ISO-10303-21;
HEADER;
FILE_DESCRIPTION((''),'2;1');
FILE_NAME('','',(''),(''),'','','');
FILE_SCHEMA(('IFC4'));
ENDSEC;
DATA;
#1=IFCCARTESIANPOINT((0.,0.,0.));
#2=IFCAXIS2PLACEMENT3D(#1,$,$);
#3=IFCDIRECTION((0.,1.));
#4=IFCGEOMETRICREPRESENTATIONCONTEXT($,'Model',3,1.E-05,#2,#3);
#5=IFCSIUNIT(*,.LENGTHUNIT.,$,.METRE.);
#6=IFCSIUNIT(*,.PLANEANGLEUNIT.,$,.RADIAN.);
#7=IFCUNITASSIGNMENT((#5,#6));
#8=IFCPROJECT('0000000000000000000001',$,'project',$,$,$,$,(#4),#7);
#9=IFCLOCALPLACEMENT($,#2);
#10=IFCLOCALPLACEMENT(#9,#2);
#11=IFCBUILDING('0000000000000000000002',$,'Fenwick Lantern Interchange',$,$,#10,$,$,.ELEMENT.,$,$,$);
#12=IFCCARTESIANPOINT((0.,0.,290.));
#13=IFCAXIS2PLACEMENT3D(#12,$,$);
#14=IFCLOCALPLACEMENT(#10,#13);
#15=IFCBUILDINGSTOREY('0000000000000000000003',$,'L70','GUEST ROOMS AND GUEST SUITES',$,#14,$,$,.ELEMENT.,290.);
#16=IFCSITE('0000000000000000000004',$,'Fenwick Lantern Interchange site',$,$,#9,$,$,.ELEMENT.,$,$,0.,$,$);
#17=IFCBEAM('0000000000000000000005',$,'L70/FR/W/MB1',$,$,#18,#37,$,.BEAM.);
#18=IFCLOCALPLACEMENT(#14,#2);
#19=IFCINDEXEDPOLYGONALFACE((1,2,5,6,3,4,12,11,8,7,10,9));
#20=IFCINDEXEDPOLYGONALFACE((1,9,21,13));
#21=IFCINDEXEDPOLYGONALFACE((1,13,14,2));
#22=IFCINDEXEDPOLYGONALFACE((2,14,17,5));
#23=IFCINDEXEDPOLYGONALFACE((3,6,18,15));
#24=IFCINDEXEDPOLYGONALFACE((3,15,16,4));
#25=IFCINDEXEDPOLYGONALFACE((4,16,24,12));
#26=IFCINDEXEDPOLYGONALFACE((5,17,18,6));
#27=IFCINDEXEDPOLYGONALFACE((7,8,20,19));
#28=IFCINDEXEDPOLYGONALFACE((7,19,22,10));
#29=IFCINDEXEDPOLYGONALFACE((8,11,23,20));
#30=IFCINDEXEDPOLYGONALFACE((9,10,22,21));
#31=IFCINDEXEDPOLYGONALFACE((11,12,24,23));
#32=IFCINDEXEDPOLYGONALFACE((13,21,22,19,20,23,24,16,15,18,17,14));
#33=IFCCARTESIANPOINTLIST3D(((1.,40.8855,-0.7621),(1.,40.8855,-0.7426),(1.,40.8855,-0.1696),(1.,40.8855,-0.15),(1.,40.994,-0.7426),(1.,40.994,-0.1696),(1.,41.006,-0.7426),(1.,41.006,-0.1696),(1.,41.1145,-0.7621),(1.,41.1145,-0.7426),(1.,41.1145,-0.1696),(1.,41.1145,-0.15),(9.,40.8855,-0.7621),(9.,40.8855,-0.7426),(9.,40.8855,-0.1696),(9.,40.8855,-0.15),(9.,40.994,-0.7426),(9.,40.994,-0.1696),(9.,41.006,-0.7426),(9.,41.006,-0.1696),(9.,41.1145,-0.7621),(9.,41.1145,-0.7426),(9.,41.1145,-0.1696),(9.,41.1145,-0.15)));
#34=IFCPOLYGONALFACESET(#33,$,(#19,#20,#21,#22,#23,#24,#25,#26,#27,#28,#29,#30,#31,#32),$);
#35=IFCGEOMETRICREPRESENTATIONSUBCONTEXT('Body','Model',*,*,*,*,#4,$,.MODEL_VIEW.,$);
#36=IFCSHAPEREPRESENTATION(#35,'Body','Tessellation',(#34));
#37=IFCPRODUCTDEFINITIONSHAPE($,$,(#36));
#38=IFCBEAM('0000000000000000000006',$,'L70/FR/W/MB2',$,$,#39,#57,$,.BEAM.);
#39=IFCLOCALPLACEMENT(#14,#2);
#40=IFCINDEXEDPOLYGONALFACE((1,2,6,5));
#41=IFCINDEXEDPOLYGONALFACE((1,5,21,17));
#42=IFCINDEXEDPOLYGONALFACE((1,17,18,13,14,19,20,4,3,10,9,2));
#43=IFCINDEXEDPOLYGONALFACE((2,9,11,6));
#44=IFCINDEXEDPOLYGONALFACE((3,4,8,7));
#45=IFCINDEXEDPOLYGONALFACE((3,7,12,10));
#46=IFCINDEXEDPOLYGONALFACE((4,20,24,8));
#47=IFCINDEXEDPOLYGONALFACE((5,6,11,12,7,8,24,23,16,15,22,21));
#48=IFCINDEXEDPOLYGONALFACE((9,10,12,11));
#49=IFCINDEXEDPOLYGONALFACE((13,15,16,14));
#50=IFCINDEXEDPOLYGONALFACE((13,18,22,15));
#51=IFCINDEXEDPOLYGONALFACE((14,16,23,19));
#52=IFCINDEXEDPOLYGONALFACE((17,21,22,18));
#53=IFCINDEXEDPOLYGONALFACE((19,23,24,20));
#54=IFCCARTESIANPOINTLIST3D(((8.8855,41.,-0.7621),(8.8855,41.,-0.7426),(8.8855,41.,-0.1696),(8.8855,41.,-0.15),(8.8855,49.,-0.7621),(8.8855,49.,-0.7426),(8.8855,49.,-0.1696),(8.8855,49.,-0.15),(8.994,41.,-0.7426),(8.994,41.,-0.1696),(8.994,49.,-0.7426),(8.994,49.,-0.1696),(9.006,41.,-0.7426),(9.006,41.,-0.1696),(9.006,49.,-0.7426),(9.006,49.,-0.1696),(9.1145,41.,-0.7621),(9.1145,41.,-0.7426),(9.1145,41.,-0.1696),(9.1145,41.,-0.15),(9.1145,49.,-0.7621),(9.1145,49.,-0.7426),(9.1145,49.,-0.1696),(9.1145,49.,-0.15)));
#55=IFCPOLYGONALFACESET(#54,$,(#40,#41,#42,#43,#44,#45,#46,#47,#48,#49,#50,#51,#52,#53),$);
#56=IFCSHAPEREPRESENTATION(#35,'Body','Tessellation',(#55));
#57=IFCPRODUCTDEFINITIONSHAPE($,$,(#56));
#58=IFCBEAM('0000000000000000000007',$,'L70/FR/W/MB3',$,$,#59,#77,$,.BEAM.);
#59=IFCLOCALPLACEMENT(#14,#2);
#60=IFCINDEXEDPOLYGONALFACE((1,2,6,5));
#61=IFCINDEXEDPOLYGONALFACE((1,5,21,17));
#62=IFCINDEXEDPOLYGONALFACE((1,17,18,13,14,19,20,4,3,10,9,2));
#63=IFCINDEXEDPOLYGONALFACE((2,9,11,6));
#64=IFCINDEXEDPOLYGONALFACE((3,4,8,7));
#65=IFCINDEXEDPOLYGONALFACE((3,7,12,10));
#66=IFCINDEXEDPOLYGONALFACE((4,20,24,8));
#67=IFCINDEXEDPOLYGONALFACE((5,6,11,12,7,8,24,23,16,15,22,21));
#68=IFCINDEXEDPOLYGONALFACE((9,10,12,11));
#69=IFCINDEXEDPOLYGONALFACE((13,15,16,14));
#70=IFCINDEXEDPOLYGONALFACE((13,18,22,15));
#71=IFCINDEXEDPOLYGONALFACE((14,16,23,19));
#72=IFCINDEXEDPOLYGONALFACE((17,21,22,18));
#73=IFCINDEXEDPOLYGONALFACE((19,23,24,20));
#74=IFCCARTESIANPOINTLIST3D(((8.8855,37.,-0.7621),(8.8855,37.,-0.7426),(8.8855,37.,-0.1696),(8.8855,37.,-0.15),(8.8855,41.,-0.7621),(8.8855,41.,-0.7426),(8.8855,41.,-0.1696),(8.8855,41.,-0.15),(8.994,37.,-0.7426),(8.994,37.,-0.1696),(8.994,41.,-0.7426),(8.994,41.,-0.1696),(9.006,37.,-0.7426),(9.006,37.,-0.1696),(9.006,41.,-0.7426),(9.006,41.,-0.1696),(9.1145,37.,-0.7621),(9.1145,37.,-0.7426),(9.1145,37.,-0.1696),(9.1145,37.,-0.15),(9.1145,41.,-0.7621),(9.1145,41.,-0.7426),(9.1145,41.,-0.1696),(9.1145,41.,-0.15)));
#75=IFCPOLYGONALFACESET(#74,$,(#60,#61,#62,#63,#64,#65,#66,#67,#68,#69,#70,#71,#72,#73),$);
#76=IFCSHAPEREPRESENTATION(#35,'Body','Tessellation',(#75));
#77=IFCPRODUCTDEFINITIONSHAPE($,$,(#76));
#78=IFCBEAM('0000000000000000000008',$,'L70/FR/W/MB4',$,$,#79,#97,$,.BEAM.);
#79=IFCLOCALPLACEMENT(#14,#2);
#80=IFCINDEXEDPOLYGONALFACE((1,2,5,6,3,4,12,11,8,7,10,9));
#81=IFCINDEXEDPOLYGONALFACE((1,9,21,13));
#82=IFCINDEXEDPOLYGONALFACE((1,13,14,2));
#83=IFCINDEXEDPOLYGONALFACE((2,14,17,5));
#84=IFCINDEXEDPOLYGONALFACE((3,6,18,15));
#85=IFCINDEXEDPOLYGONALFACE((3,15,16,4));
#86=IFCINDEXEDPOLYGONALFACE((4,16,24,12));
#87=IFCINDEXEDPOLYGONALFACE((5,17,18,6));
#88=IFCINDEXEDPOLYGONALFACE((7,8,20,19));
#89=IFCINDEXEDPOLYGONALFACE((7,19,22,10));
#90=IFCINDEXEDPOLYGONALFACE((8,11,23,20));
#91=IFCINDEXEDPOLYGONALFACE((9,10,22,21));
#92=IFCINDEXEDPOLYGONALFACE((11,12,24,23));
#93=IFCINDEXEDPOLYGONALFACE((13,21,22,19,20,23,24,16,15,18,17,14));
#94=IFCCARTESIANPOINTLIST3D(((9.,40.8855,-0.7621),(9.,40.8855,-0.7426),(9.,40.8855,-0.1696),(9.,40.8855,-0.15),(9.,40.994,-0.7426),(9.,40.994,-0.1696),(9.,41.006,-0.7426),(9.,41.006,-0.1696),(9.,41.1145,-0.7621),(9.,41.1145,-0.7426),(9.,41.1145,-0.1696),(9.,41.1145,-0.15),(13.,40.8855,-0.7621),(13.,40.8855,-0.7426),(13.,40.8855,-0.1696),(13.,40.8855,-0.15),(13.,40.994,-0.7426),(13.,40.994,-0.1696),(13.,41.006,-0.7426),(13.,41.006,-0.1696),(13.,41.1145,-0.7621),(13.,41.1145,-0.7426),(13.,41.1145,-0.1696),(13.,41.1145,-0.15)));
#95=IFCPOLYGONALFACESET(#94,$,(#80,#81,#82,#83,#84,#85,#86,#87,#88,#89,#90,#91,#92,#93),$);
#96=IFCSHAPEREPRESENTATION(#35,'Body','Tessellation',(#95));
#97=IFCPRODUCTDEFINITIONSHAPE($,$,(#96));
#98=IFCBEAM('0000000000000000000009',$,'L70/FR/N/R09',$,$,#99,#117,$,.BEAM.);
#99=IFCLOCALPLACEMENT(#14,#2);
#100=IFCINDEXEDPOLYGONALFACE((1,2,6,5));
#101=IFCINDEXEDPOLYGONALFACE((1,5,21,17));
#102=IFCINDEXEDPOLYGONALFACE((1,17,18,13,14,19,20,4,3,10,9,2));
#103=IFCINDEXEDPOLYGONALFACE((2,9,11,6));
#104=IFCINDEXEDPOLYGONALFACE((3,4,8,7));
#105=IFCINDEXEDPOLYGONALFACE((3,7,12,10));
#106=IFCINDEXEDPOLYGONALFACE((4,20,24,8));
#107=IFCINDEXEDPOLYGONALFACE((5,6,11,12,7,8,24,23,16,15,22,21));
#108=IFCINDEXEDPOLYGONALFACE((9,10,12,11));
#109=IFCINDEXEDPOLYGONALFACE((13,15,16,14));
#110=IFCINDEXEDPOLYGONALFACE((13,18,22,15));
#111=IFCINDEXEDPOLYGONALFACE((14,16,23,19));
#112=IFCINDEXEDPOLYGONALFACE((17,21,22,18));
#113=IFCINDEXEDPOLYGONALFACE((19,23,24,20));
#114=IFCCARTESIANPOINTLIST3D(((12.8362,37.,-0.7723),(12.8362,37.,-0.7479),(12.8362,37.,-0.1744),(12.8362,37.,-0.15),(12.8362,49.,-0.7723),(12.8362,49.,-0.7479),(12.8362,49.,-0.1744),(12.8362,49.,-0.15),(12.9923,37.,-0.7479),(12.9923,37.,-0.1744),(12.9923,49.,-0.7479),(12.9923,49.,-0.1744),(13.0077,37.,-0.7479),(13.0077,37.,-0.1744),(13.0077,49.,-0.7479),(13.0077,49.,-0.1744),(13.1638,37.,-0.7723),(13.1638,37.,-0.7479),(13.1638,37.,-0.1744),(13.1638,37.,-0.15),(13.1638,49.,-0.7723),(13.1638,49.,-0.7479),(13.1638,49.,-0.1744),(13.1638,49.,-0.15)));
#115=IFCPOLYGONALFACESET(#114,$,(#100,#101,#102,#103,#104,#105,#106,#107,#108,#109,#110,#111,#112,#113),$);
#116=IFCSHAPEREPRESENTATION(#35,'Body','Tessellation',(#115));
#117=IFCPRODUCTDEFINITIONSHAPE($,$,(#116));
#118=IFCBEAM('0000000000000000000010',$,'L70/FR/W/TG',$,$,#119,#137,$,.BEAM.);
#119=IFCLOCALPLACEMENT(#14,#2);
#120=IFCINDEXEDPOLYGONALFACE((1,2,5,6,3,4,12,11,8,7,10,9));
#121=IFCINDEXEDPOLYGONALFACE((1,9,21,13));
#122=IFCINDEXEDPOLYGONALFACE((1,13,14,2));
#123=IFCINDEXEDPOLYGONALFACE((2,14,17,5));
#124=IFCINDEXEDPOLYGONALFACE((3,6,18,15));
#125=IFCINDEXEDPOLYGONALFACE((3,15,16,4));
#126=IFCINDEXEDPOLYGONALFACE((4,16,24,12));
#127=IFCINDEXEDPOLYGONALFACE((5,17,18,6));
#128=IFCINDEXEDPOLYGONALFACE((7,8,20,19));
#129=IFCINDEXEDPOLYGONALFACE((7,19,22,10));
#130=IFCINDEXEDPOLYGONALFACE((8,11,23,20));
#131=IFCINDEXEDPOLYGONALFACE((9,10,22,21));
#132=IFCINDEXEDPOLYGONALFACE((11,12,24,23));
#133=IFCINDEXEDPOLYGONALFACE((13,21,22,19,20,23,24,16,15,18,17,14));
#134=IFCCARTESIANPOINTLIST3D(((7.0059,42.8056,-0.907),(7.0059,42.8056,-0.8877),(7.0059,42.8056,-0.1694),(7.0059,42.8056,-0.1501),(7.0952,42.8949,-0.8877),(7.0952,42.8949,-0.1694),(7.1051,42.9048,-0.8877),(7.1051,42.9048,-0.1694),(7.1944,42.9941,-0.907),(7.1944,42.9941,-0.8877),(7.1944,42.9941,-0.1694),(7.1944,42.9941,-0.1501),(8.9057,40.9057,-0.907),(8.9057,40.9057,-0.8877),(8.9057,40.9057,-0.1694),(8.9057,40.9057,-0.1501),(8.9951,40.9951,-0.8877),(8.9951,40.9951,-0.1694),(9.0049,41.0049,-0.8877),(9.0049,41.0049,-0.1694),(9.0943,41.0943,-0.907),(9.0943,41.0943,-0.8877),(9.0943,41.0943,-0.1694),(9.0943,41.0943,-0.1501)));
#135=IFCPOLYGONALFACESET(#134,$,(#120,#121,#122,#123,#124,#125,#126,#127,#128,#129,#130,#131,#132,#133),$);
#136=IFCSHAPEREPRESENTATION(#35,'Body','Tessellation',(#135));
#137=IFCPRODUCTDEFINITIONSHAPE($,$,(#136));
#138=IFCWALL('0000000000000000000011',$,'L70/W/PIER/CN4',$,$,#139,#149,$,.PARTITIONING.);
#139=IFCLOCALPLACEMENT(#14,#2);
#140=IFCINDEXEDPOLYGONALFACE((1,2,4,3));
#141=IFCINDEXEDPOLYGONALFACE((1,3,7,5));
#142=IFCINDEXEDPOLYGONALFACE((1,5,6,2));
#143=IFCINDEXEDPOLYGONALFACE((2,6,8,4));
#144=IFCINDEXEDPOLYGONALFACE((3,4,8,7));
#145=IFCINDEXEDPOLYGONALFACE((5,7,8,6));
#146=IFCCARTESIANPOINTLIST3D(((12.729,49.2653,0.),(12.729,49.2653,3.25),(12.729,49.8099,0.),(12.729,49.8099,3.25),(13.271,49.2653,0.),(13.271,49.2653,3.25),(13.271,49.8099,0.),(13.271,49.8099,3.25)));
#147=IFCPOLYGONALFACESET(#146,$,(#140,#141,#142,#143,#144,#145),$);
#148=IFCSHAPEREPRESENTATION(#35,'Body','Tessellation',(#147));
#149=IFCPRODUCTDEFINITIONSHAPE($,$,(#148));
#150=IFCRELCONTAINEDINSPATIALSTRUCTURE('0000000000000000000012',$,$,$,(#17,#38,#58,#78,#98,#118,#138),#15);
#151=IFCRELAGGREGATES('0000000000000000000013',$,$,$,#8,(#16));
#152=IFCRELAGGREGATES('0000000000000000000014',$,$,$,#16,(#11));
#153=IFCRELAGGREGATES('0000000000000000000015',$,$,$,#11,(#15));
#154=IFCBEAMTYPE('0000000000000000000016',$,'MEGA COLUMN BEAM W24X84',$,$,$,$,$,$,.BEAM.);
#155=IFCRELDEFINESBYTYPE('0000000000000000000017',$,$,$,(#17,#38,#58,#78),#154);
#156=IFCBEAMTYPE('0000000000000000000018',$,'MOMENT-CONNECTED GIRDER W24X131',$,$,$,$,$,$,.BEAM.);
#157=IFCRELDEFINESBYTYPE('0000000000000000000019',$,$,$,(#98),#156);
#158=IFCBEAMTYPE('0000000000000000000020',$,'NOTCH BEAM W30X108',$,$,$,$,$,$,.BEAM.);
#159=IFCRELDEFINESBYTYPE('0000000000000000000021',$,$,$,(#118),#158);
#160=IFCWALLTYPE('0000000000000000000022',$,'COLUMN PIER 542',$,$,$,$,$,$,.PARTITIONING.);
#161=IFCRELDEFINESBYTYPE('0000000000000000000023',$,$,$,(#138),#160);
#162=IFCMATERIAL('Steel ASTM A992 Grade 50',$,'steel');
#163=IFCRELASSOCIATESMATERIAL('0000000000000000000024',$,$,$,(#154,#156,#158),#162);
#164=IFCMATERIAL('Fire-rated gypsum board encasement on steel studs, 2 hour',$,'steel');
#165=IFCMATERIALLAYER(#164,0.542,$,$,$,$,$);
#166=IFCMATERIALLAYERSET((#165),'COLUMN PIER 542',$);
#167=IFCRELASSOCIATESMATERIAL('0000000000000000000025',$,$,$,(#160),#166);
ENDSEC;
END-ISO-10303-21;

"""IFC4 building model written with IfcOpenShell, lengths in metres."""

from ifc_helpers import new_model, si_unit, direction, frame, frame_2d, origin, origin_2d, place, context, subcontext, project, spatial, rectangle, i_section, extrude, material, layer, layer_set, material_profile, profile_set, type_object, element, save


model = new_model("IFC4")

# Units and contexts
model_context = context("Model", 3, precision=1e-05, world=origin(), true_north=direction((0.0, 1.0)))
body_context = subcontext(model_context, "Body", "Model", "MODEL_VIEW")
ifc_project = project(units=[si_unit("LENGTHUNIT", "METRE"), si_unit("PLANEANGLEUNIT", "RADIAN")], contexts=[model_context])

# Site, building, storey
site_placement = place(None, origin())
site = spatial("IfcSite", under=ifc_project, at=site_placement, Name="Fenwick Lantern Interchange site", CompositionType="ELEMENT", RefElevation=0.0)
building_placement = place(site_placement, origin())
building = spatial("IfcBuilding", under=site, at=building_placement, Name="Fenwick Lantern Interchange", CompositionType="ELEMENT")
storey_placement = place(building_placement, frame((0.0, 0.0, 290.0)))
storey = spatial("IfcBuildingStorey", under=building, at=storey_placement, Name="L70", Description="GUEST ROOMS AND GUEST SUITES", CompositionType="ELEMENT", Elevation=290.0)

# Shared definitions
ifc_material_1 = material(Name="Steel ASTM A992 Grade 50", Category="steel")

# Beams
ifc_material_profile_1 = material_profile(ifc_material_1, i_section(OverallWidth=0.229, OverallDepth=0.6121, WebThickness=0.012, FlangeThickness=0.0195, at=origin_2d()), Name="W24X84")
ifc_profile_set_1 = profile_set([ifc_material_profile_1], Name="Steel ASTM A992 Grade 50")
beam_type_1 = type_object("IfcBeamType", Name="MEGA COLUMN BEAM W24X84", PredefinedType="BEAM", material=ifc_profile_set_1)
for number, where, z_axis, x_axis, name in (
    (1, (9.0, 41.0, -0.4561), (-1.0, 0.0, 0.0), (0.0, -1.0, 0.0), "L70/FR/W/MB1"),
    (2, (9.0, 41.0, -0.4561), (0.0, 1.0, 0.0), (-1.0, 0.0, 0.0), "L70/FR/W/MB2"),
):
    element("IfcBeam", number, at=place(storey_placement, frame(where, z_axis=z_axis, x_axis=x_axis)), inside=storey, type_object=beam_type_1, Name=name, PredefinedType="BEAM", context=body_context, shape_type="SweptSolid", body=[
        extrude(i_section(OverallWidth=0.229, OverallDepth=0.6121, WebThickness=0.012, FlangeThickness=0.0195, at=origin_2d()), origin(), (0.0, 0.0, 1.0), 8.0),
    ])
for number, where, z_axis, x_axis, name in (
    (3, (9.0, 41.0, -0.4561), (0.0, -1.0, 0.0), (1.0, 0.0, 0.0), "L70/FR/W/MB3"),
    (4, (9.0, 41.0, -0.4561), (1.0, 0.0, 0.0), (0.0, 1.0, 0.0), "L70/FR/W/MB4"),
):
    element("IfcBeam", number, at=place(storey_placement, frame(where, z_axis=z_axis, x_axis=x_axis)), inside=storey, type_object=beam_type_1, Name=name, PredefinedType="BEAM", context=body_context, shape_type="SweptSolid", body=[
        extrude(i_section(OverallWidth=0.229, OverallDepth=0.6121, WebThickness=0.012, FlangeThickness=0.0195, at=origin_2d()), origin(), (0.0, 0.0, 1.0), 4.0),
    ])
ifc_material_profile_2 = material_profile(ifc_material_1, i_section(OverallWidth=0.3276, OverallDepth=0.6223, WebThickness=0.0154, FlangeThickness=0.0244, at=origin_2d()), Name="W24X131")
ifc_profile_set_2 = profile_set([ifc_material_profile_2], Name="Steel ASTM A992 Grade 50")
beam_type_2 = type_object("IfcBeamType", Name="MOMENT-CONNECTED GIRDER W24X131", PredefinedType="BEAM", material=ifc_profile_set_2)
beam_1_placement = place(storey_placement, frame((13.0, 49.0, -0.4612), z_axis=(0.0, -1.0, 0.0), x_axis=(1.0, 0.0, 0.0)))
element("IfcBeam", 5, at=beam_1_placement, inside=storey, type_object=beam_type_2, Name="L70/FR/N/R09", PredefinedType="BEAM", context=body_context, shape_type="SweptSolid", body=[
    extrude(i_section(OverallWidth=0.3276, OverallDepth=0.6223, WebThickness=0.0154, FlangeThickness=0.0244, at=origin_2d()), origin(), (0.0, 0.0, 1.0), 12.0),
])
ifc_material_profile_3 = material_profile(ifc_material_1, i_section(OverallWidth=0.2666, OverallDepth=0.7568, WebThickness=0.0139, FlangeThickness=0.0193, at=origin_2d()), Name="W30X108")
ifc_profile_set_3 = profile_set([ifc_material_profile_3], Name="Steel ASTM A992 Grade 50")
beam_type_3 = type_object("IfcBeamType", Name="NOTCH BEAM W30X108", PredefinedType="BEAM", material=ifc_profile_set_3)
beam_2_placement = place(storey_placement, frame((9.0, 41.0, -0.5286), z_axis=(-0.707107, 0.707107, 0.0), x_axis=(-0.707107, -0.707107, 0.0)))
element("IfcBeam", 6, at=beam_2_placement, inside=storey, type_object=beam_type_3, Name="L70/FR/W/TG", PredefinedType="BEAM", context=body_context, shape_type="SweptSolid", body=[
    extrude(i_section(OverallWidth=0.2666, OverallDepth=0.7568, WebThickness=0.0139, FlangeThickness=0.0193, at=origin_2d()), origin(), (0.0, 0.0, 1.0), 2.6868),
])

# Wall
ifc_material_2 = material(Name="Fire-rated gypsum board encasement on steel studs, 2 hour", Category="steel")
ifc_layer_1 = layer(ifc_material_2, 0.542)
ifc_layer_set_1 = layer_set([ifc_layer_1], Name="COLUMN PIER 542")
wall_type_1 = type_object("IfcWallType", Name="COLUMN PIER 542", PredefinedType="PARTITIONING", material=ifc_layer_set_1)
wall_1_placement = place(storey_placement, frame((13.0, 49.8101, 0.0), z_axis=(0.0, 0.0, 1.0), x_axis=(0.0, -1.0, 0.0)))
element("IfcWall", 7, at=wall_1_placement, inside=storey, type_object=wall_type_1, Name="L70/W/PIER/CN4", PredefinedType="PARTITIONING", context=body_context, shape_type="SweptSolid", body=[
    extrude(rectangle(XDim=0.5447, YDim=0.542, at=frame_2d((0.2725, 0.0))), origin(), (0.0, 0.0, 1.0), 3.25),
])

save(model, "model.ifc")
